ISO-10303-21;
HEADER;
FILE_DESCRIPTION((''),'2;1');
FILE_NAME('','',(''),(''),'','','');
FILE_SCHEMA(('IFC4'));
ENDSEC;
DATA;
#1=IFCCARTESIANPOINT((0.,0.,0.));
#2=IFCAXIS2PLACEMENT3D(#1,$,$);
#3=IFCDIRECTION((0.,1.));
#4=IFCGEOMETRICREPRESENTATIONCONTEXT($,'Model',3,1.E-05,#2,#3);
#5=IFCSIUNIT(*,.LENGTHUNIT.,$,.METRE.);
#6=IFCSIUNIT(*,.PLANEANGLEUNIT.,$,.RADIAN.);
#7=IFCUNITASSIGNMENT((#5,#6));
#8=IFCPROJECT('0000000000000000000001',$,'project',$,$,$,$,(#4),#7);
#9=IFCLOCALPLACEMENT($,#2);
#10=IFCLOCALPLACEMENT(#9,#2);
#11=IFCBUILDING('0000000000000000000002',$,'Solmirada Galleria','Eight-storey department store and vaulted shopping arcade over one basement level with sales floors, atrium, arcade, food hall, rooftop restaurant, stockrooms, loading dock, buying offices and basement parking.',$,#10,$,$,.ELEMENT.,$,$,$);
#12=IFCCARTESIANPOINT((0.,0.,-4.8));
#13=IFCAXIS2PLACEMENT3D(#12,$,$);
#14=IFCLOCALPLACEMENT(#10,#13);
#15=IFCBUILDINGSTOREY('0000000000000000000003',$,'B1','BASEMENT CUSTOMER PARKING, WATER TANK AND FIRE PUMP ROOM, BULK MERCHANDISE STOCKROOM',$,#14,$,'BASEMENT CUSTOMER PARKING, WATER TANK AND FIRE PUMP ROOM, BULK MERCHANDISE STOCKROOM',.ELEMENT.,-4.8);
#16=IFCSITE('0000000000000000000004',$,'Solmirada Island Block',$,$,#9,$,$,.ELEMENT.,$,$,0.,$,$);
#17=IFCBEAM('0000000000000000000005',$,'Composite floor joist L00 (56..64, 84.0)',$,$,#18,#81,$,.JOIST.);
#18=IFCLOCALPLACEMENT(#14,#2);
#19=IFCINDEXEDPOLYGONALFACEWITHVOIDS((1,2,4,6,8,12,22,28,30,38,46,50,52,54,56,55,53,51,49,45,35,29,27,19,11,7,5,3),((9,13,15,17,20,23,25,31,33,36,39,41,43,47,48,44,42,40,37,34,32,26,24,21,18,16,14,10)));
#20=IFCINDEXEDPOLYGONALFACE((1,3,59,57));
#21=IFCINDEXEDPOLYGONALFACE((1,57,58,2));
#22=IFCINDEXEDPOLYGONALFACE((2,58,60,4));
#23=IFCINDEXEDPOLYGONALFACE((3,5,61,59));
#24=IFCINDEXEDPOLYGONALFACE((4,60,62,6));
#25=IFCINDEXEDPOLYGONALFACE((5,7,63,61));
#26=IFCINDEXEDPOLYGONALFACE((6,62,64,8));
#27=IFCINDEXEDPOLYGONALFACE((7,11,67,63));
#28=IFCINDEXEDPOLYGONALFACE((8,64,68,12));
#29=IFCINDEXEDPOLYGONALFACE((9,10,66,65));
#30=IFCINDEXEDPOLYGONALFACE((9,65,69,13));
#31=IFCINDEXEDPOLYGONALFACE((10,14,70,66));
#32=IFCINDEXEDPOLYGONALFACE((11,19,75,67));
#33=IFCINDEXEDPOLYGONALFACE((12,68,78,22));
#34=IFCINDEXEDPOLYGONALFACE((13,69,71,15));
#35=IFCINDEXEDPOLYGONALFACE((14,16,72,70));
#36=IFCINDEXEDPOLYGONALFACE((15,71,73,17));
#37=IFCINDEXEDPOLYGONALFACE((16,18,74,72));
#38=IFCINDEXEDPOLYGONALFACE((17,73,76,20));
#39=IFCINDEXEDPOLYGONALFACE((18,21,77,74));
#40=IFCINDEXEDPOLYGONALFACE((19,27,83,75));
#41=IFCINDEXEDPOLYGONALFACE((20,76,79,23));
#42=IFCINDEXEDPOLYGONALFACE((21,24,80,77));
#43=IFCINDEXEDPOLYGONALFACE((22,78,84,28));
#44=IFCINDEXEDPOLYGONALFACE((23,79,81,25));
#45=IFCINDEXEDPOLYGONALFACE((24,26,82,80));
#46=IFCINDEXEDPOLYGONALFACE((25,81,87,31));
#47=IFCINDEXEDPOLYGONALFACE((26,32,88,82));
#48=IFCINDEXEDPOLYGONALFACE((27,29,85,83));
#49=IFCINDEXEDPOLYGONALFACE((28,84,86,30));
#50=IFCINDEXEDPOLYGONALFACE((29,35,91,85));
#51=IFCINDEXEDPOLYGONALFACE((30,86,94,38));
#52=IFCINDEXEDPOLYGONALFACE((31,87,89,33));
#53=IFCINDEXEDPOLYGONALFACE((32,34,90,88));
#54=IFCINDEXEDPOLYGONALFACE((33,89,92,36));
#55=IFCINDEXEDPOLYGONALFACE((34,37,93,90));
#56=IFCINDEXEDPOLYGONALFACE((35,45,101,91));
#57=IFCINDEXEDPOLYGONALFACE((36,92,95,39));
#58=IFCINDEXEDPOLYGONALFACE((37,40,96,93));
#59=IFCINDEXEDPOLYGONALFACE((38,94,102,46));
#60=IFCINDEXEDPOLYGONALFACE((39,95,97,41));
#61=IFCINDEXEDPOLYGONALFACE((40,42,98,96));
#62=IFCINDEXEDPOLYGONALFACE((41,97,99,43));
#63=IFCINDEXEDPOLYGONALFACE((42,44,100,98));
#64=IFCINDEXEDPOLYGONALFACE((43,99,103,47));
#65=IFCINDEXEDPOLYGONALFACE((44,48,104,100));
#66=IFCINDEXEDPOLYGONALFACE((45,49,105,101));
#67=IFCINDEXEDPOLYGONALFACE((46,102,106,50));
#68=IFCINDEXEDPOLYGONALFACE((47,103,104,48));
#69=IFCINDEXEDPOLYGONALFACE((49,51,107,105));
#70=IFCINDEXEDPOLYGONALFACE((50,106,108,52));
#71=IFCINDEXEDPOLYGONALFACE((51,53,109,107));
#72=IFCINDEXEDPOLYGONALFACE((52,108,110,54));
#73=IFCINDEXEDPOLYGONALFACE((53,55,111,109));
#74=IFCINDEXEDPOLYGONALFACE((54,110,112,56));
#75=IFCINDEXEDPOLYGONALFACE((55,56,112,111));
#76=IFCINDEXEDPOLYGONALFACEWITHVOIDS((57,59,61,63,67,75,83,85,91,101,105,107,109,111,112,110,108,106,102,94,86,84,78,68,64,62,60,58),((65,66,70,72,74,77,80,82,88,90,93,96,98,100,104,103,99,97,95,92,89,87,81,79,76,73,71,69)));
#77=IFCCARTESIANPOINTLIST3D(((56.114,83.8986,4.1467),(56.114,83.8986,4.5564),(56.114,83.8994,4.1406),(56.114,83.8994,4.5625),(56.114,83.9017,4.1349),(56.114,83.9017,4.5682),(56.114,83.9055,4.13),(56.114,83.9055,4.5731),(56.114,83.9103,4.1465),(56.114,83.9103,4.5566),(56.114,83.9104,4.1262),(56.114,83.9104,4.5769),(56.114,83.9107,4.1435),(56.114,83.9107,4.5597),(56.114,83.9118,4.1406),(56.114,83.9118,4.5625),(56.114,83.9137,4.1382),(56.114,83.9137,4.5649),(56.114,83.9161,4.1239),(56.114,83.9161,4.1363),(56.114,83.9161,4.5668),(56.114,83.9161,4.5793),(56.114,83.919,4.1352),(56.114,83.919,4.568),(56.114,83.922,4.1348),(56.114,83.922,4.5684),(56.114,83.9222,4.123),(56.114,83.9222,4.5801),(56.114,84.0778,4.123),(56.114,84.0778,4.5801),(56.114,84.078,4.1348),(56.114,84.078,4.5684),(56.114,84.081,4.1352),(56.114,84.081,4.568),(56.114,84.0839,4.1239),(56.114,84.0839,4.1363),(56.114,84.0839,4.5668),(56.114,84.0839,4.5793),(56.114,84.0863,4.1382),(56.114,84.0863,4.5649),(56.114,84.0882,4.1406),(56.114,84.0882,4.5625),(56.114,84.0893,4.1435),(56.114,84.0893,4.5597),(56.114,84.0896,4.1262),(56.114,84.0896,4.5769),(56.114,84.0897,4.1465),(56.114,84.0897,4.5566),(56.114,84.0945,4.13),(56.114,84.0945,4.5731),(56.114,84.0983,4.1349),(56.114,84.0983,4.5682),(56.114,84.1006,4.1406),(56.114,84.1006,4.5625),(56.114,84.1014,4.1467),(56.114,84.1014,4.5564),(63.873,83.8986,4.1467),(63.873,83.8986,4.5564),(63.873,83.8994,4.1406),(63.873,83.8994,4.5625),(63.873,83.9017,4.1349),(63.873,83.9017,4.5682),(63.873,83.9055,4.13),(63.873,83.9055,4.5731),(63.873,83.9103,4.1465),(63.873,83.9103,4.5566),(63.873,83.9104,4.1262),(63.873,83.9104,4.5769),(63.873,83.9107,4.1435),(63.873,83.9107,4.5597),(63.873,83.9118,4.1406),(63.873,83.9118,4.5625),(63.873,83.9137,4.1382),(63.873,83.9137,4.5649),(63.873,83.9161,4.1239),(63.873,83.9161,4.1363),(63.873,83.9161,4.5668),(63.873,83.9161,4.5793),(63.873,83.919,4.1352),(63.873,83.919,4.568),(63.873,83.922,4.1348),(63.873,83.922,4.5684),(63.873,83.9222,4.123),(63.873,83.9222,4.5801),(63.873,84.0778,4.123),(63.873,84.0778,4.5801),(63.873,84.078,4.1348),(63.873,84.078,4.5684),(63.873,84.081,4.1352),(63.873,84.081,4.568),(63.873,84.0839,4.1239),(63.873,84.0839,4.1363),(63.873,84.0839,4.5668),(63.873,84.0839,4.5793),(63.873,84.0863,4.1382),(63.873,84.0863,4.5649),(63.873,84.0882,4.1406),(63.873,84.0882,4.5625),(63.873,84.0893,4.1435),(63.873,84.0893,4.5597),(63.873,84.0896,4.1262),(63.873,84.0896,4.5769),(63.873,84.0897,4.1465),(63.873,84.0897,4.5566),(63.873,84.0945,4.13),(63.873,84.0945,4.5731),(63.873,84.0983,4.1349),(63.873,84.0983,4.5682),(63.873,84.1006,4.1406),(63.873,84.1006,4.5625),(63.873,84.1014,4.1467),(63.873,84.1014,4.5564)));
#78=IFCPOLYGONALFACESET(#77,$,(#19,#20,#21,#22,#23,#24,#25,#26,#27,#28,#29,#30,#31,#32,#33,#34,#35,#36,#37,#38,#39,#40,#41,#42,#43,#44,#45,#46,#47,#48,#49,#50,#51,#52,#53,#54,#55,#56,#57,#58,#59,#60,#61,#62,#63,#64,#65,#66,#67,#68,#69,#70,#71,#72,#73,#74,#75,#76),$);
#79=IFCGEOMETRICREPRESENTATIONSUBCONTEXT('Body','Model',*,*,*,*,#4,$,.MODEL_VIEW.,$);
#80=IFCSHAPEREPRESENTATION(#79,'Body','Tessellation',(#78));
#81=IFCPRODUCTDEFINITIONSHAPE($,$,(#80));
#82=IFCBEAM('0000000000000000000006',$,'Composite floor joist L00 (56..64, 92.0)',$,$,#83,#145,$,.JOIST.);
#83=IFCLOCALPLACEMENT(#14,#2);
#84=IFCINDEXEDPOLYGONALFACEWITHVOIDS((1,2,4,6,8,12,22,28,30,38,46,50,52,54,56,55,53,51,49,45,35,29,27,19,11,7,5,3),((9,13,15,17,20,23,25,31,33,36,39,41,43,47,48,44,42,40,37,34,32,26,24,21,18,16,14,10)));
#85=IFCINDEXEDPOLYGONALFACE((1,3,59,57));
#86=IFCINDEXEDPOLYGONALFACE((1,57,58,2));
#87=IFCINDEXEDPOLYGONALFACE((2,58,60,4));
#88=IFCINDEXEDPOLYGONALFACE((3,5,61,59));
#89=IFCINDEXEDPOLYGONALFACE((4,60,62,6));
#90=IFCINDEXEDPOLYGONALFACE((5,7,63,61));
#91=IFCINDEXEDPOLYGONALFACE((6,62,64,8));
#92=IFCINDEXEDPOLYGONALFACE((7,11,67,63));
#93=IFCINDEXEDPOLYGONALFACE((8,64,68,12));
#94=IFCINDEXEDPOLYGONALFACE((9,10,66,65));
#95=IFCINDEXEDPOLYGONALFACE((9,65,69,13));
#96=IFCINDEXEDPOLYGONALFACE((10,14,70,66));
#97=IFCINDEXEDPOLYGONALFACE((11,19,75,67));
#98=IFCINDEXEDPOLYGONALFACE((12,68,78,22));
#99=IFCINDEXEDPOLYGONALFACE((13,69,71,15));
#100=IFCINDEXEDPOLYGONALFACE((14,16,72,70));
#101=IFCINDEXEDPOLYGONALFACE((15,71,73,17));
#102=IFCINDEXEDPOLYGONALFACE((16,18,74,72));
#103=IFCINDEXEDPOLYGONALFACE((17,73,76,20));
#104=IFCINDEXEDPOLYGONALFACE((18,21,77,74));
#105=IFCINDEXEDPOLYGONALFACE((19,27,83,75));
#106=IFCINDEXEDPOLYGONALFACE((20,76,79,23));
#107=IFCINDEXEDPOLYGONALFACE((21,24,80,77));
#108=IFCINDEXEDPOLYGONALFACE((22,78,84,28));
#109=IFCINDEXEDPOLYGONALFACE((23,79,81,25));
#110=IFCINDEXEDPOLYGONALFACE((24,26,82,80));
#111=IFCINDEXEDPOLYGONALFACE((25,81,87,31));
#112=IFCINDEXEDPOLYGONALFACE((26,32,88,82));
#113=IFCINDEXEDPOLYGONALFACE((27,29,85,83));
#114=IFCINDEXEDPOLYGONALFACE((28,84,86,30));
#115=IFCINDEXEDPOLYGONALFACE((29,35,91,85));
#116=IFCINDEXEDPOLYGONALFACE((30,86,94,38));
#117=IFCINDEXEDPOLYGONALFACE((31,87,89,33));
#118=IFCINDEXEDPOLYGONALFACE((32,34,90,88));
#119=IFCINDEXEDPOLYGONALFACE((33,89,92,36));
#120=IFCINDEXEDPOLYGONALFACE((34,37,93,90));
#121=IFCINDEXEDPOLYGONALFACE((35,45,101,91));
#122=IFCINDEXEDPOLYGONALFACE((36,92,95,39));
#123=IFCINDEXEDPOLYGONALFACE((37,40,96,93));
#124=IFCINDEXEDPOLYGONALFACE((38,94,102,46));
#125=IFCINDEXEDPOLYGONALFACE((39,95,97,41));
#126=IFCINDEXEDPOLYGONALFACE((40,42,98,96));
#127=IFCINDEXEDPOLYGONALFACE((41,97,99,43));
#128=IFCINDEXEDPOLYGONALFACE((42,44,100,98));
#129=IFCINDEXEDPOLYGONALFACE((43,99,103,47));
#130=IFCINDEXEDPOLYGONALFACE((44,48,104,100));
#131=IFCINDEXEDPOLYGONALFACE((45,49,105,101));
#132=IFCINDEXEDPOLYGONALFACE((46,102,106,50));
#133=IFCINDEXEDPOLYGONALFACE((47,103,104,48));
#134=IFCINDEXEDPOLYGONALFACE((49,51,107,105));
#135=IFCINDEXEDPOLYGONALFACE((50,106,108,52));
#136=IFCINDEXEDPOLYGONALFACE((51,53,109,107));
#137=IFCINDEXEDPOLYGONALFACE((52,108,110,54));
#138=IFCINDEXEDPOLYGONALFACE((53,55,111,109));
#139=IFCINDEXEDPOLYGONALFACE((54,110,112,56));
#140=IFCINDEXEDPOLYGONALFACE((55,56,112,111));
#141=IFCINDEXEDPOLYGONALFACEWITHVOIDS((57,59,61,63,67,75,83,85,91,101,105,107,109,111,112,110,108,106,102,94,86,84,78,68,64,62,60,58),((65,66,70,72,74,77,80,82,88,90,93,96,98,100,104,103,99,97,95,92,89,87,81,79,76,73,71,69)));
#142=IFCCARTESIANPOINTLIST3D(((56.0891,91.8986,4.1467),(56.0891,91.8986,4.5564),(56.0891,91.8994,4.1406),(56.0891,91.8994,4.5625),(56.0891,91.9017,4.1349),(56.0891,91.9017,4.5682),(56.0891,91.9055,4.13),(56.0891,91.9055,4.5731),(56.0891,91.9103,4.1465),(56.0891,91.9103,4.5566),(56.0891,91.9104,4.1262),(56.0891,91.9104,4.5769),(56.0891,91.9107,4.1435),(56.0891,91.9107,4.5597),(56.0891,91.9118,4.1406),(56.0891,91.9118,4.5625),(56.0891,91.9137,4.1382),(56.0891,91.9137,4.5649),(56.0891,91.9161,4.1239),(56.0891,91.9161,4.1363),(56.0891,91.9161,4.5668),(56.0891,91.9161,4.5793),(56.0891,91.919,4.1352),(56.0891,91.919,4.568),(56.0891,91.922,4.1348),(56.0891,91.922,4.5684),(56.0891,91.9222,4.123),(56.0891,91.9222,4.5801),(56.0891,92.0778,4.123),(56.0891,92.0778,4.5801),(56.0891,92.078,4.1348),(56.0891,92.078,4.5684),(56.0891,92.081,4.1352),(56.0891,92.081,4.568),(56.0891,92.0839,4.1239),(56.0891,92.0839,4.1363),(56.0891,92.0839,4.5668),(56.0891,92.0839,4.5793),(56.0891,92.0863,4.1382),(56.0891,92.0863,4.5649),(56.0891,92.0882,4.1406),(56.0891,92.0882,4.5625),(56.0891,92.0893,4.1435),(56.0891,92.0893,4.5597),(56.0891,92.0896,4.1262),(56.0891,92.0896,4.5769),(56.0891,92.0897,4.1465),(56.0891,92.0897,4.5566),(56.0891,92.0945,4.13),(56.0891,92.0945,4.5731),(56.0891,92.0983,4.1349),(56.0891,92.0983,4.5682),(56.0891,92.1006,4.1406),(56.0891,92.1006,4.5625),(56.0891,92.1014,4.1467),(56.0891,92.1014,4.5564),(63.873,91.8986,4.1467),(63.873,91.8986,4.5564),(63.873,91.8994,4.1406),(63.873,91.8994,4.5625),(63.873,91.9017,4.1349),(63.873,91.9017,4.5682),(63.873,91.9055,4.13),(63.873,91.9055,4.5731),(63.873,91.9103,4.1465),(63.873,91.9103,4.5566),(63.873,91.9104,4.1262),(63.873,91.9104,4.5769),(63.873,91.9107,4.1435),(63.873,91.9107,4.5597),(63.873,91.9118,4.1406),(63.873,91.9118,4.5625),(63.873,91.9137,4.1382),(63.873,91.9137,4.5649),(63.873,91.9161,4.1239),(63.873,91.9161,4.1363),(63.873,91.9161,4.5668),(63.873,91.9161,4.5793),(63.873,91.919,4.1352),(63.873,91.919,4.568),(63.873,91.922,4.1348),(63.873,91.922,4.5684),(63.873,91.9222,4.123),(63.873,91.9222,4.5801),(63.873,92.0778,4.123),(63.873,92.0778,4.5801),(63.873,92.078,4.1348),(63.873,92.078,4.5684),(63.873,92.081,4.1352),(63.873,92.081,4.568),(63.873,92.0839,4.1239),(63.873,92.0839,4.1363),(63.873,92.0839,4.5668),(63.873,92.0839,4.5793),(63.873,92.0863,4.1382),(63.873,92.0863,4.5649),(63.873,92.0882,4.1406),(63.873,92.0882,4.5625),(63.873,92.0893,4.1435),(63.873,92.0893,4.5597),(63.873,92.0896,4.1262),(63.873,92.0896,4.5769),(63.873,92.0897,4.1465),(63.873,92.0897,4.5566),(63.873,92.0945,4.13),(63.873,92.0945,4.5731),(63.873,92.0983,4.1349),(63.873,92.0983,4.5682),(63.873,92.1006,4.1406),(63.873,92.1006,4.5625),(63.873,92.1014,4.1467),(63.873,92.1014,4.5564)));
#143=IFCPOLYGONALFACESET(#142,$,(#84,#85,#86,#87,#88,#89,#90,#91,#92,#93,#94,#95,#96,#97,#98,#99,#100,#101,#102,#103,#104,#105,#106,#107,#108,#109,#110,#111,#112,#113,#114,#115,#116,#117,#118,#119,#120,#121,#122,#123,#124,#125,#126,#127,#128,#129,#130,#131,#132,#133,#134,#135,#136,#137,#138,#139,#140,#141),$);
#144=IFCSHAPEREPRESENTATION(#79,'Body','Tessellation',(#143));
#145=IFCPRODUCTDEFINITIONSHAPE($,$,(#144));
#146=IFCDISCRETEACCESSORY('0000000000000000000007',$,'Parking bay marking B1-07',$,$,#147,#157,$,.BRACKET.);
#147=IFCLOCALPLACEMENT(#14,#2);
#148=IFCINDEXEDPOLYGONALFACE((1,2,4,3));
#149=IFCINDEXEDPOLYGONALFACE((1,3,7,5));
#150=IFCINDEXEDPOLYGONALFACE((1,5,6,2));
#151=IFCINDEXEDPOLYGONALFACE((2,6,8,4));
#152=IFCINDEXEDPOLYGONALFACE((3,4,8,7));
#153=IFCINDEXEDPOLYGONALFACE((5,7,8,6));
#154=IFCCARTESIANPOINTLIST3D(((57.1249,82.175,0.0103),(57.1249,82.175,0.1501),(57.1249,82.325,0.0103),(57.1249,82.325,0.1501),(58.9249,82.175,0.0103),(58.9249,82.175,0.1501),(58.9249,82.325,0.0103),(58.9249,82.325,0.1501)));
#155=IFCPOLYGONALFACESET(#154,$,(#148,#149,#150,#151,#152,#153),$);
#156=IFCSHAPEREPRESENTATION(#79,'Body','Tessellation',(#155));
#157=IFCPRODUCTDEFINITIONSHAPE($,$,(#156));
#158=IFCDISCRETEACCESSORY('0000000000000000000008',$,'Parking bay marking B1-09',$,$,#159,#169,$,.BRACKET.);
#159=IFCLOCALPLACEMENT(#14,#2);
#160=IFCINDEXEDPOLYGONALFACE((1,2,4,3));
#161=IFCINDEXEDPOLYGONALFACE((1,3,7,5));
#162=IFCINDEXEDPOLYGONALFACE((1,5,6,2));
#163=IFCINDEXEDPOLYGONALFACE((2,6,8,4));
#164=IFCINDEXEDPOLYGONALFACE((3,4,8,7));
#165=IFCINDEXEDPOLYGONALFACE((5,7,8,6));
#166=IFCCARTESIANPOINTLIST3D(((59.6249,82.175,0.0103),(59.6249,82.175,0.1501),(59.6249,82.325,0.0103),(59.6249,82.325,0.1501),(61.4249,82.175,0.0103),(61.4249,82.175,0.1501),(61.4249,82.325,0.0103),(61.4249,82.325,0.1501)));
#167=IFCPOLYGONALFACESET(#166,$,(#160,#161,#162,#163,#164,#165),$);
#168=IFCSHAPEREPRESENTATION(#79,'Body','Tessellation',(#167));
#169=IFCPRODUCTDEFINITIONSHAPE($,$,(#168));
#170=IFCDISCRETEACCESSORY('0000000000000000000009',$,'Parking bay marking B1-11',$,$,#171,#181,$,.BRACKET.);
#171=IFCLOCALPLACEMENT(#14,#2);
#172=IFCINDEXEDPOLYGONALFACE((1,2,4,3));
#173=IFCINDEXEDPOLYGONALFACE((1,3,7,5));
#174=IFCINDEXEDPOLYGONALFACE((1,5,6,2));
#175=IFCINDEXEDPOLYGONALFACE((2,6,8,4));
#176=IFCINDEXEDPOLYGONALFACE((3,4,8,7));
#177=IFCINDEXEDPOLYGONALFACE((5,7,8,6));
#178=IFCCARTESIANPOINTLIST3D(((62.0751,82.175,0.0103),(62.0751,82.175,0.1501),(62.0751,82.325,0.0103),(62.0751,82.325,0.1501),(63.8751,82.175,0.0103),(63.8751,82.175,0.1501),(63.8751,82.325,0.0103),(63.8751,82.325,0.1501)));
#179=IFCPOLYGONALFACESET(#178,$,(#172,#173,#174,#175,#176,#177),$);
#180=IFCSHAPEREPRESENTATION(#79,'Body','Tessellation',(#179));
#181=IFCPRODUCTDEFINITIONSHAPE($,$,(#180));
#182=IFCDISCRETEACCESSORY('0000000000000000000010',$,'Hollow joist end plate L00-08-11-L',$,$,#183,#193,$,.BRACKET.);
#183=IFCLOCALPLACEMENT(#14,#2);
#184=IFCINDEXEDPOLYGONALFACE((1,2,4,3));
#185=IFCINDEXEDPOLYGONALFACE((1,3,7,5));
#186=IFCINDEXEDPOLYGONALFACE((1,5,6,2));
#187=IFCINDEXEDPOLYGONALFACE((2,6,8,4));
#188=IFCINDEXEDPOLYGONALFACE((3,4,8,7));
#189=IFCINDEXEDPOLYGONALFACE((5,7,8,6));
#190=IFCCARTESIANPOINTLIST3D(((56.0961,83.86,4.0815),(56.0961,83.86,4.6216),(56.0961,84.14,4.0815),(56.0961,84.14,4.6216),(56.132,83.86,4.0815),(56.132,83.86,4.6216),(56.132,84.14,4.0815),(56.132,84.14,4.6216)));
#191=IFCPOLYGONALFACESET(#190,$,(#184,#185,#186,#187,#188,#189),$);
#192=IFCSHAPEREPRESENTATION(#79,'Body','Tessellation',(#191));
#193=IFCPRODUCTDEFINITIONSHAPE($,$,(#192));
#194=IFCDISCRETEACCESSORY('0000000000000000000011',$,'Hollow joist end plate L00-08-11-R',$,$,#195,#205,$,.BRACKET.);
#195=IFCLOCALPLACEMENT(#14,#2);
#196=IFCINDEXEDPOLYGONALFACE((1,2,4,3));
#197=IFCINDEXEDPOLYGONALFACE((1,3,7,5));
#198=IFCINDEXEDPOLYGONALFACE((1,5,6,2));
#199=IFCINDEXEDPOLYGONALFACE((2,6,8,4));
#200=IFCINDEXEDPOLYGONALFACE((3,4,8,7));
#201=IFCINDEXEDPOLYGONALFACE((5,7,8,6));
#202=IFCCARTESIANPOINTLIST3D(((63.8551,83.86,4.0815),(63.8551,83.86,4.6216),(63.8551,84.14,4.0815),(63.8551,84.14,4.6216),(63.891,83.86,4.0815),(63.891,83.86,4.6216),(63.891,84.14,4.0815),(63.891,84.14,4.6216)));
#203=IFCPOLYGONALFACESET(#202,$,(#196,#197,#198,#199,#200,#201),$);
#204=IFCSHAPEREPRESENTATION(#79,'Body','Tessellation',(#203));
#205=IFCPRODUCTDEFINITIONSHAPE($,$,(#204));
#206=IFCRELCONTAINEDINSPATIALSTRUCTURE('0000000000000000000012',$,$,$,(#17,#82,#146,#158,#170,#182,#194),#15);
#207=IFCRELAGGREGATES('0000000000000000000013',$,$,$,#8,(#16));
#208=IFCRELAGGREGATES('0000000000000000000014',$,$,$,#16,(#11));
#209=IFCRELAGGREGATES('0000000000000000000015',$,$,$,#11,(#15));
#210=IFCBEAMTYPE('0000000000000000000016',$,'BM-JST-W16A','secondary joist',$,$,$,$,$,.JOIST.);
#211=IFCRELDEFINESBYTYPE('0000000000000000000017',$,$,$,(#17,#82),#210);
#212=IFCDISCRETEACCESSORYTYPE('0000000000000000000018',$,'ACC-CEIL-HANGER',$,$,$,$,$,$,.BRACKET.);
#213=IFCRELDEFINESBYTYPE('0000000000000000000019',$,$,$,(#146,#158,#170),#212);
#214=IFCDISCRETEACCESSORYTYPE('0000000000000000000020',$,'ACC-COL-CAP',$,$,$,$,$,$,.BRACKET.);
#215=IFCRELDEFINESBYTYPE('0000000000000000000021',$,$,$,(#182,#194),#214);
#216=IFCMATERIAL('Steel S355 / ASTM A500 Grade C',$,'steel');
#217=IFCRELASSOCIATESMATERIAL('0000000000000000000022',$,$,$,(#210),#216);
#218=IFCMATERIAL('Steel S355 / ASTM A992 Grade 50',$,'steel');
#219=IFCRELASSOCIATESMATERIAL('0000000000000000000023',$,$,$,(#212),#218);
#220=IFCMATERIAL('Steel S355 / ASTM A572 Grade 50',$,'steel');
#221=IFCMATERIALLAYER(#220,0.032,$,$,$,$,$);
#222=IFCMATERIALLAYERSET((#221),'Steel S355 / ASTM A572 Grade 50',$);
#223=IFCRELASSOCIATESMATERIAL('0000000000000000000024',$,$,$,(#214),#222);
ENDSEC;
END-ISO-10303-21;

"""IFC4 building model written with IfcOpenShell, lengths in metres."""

from ifc_helpers import new_model, si_unit, direction, frame, origin, origin_2d, place, context, subcontext, project, spatial, rectangle, hollow_rectangle, extrude, material, layer, layer_set, material_profile, profile_set, type_object, element, save


model = new_model("IFC4")

# Units and contexts
model_context = context("Model", 3, precision=1e-05, world=origin(), true_north=direction((0.0, 1.0)))
body_context = subcontext(model_context, "Body", "Model", "MODEL_VIEW")
ifc_project = project(units=[si_unit("LENGTHUNIT", "METRE"), si_unit("PLANEANGLEUNIT", "RADIAN")], contexts=[model_context])

# Site, building, storey
site_placement = place(None, origin())
site = spatial("IfcSite", under=ifc_project, at=site_placement, Name="Solmirada Island Block", CompositionType="ELEMENT", RefElevation=0.0)
building_placement = place(site_placement, origin())
building = spatial("IfcBuilding", under=site, at=building_placement, Name="Solmirada Galleria", Description="Eight-storey department store and vaulted shopping arcade over one basement level with sales floors, atrium, arcade, food hall, rooftop restaurant, stockrooms, loading dock, buying offices and basement parking.", CompositionType="ELEMENT")
storey_placement = place(building_placement, frame((0.0, 0.0, -4.8)))
storey = spatial("IfcBuildingStorey", under=building, at=storey_placement, Name="B1", Description="BASEMENT CUSTOMER PARKING, WATER TANK AND FIRE PUMP ROOM, BULK MERCHANDISE STOCKROOM", LongName="BASEMENT CUSTOMER PARKING, WATER TANK AND FIRE PUMP ROOM, BULK MERCHANDISE STOCKROOM", CompositionType="ELEMENT", Elevation=-4.8)

# Shared definitions
ifc_material_1 = material(Name="Steel S355 / ASTM A500 Grade C", Category="steel")

# Beams
ifc_material_2 = material(Name="Steel S355 / ASTM A992 Grade 50", Category="steel")
ifc_material_profile_1 = material_profile(ifc_material_1, hollow_rectangle(XDim=0.2029, YDim=0.457, WallThickness=0.0117, InnerFilletRadius=0.0117, OuterFilletRadius=0.0237, at=origin_2d()), Name="HSS18X8X1/2")
ifc_profile_set_1 = profile_set([ifc_material_profile_1], Name="Steel S355 / ASTM A500 Grade C")
beam_type_1 = type_object("IfcBeamType", Name="BM-JST-W16A", Description="secondary joist", PredefinedType="JOIST", material=ifc_profile_set_1)
beam_1_placement = place(storey_placement, frame((56.114, 84.0, 4.3516), z_axis=(1.0, 0.0, 0.0), x_axis=(0.0, 1.0, 0.0)))
element("IfcBeam", 1, at=beam_1_placement, inside=storey, type_object=beam_type_1, Name="Composite floor joist L00 (56..64, 84.0)", PredefinedType="JOIST", context=body_context, shape_type="SweptSolid", body=[
    extrude(hollow_rectangle(XDim=0.2029, YDim=0.457, WallThickness=0.0117, InnerFilletRadius=0.0117, OuterFilletRadius=0.0237, at=origin_2d()), origin(), (0.0, 0.0, 1.0), 7.759),
])
beam_2_placement = place(storey_placement, frame((56.0891, 92.0, 4.3516), z_axis=(1.0, 0.0, 0.0), x_axis=(0.0, 1.0, 0.0)))
element("IfcBeam", 2, at=beam_2_placement, inside=storey, type_object=beam_type_1, Name="Composite floor joist L00 (56..64, 92.0)", PredefinedType="JOIST", context=body_context, shape_type="SweptSolid", body=[
    extrude(hollow_rectangle(XDim=0.2029, YDim=0.457, WallThickness=0.0117, InnerFilletRadius=0.0117, OuterFilletRadius=0.0237, at=origin_2d()), origin(), (0.0, 0.0, 1.0), 7.7839),
])

# Discrete accessories
discrete_accessory_type_1 = type_object("IfcDiscreteAccessoryType", Name="ACC-CEIL-HANGER", PredefinedType="BRACKET", material=ifc_material_2)
for number, where, z_axis, x_axis, name in (
    (3, (58.0249, 82.25, 0.0103), (0.0, 0.0, 1.0), (1.0, 0.0, 0.0), "Parking bay marking B1-07"),
    (4, (60.5249, 82.25, 0.0103), (0.0, 0.0, 1.0), (1.0, 0.0, 0.0), "Parking bay marking B1-09"),
    (5, (62.9751, 82.25, 0.0103), (0.0, 0.0, 1.0), (1.0, 0.0, 0.0), "Parking bay marking B1-11"),
):
    element("IfcDiscreteAccessory", number, at=place(storey_placement, frame(where, z_axis=z_axis, x_axis=x_axis)), inside=storey, type_object=discrete_accessory_type_1, Name=name, PredefinedType="BRACKET", context=body_context, shape_type="SweptSolid", body=[
        extrude(rectangle(XDim=1.8, YDim=0.1499, at=origin_2d()), origin(), (0.0, 0.0, 1.0), 0.1399),
    ])
ifc_material_3 = material(Name="Steel S355 / ASTM A572 Grade 50", Category="steel")
ifc_layer = layer(ifc_material_3, 0.032)
ifc_layer_set = layer_set([ifc_layer], Name="Steel S355 / ASTM A572 Grade 50")
discrete_accessory_type_2 = type_object("IfcDiscreteAccessoryType", Name="ACC-COL-CAP", PredefinedType="BRACKET", material=ifc_layer_set)
for number, where, z_axis, x_axis, name in (
    (6, (56.114, 84.0, 4.0815), (0.0, 0.0, 1.0), (1.0, 0.0, 0.0), "Hollow joist end plate L00-08-11-L"),
    (7, (63.873, 84.0, 4.0815), (0.0, 0.0, 1.0), (1.0, 0.0, 0.0), "Hollow joist end plate L00-08-11-R"),
):
    element("IfcDiscreteAccessory", number, at=place(storey_placement, frame(where, z_axis=z_axis, x_axis=x_axis)), inside=storey, type_object=discrete_accessory_type_2, Name=name, PredefinedType="BRACKET", context=body_context, shape_type="SweptSolid", body=[
        extrude(rectangle(XDim=0.0359, YDim=0.28, at=origin_2d()), origin(), (0.0, 0.0, 1.0), 0.54),
    ])

save(model, "model.ifc")
